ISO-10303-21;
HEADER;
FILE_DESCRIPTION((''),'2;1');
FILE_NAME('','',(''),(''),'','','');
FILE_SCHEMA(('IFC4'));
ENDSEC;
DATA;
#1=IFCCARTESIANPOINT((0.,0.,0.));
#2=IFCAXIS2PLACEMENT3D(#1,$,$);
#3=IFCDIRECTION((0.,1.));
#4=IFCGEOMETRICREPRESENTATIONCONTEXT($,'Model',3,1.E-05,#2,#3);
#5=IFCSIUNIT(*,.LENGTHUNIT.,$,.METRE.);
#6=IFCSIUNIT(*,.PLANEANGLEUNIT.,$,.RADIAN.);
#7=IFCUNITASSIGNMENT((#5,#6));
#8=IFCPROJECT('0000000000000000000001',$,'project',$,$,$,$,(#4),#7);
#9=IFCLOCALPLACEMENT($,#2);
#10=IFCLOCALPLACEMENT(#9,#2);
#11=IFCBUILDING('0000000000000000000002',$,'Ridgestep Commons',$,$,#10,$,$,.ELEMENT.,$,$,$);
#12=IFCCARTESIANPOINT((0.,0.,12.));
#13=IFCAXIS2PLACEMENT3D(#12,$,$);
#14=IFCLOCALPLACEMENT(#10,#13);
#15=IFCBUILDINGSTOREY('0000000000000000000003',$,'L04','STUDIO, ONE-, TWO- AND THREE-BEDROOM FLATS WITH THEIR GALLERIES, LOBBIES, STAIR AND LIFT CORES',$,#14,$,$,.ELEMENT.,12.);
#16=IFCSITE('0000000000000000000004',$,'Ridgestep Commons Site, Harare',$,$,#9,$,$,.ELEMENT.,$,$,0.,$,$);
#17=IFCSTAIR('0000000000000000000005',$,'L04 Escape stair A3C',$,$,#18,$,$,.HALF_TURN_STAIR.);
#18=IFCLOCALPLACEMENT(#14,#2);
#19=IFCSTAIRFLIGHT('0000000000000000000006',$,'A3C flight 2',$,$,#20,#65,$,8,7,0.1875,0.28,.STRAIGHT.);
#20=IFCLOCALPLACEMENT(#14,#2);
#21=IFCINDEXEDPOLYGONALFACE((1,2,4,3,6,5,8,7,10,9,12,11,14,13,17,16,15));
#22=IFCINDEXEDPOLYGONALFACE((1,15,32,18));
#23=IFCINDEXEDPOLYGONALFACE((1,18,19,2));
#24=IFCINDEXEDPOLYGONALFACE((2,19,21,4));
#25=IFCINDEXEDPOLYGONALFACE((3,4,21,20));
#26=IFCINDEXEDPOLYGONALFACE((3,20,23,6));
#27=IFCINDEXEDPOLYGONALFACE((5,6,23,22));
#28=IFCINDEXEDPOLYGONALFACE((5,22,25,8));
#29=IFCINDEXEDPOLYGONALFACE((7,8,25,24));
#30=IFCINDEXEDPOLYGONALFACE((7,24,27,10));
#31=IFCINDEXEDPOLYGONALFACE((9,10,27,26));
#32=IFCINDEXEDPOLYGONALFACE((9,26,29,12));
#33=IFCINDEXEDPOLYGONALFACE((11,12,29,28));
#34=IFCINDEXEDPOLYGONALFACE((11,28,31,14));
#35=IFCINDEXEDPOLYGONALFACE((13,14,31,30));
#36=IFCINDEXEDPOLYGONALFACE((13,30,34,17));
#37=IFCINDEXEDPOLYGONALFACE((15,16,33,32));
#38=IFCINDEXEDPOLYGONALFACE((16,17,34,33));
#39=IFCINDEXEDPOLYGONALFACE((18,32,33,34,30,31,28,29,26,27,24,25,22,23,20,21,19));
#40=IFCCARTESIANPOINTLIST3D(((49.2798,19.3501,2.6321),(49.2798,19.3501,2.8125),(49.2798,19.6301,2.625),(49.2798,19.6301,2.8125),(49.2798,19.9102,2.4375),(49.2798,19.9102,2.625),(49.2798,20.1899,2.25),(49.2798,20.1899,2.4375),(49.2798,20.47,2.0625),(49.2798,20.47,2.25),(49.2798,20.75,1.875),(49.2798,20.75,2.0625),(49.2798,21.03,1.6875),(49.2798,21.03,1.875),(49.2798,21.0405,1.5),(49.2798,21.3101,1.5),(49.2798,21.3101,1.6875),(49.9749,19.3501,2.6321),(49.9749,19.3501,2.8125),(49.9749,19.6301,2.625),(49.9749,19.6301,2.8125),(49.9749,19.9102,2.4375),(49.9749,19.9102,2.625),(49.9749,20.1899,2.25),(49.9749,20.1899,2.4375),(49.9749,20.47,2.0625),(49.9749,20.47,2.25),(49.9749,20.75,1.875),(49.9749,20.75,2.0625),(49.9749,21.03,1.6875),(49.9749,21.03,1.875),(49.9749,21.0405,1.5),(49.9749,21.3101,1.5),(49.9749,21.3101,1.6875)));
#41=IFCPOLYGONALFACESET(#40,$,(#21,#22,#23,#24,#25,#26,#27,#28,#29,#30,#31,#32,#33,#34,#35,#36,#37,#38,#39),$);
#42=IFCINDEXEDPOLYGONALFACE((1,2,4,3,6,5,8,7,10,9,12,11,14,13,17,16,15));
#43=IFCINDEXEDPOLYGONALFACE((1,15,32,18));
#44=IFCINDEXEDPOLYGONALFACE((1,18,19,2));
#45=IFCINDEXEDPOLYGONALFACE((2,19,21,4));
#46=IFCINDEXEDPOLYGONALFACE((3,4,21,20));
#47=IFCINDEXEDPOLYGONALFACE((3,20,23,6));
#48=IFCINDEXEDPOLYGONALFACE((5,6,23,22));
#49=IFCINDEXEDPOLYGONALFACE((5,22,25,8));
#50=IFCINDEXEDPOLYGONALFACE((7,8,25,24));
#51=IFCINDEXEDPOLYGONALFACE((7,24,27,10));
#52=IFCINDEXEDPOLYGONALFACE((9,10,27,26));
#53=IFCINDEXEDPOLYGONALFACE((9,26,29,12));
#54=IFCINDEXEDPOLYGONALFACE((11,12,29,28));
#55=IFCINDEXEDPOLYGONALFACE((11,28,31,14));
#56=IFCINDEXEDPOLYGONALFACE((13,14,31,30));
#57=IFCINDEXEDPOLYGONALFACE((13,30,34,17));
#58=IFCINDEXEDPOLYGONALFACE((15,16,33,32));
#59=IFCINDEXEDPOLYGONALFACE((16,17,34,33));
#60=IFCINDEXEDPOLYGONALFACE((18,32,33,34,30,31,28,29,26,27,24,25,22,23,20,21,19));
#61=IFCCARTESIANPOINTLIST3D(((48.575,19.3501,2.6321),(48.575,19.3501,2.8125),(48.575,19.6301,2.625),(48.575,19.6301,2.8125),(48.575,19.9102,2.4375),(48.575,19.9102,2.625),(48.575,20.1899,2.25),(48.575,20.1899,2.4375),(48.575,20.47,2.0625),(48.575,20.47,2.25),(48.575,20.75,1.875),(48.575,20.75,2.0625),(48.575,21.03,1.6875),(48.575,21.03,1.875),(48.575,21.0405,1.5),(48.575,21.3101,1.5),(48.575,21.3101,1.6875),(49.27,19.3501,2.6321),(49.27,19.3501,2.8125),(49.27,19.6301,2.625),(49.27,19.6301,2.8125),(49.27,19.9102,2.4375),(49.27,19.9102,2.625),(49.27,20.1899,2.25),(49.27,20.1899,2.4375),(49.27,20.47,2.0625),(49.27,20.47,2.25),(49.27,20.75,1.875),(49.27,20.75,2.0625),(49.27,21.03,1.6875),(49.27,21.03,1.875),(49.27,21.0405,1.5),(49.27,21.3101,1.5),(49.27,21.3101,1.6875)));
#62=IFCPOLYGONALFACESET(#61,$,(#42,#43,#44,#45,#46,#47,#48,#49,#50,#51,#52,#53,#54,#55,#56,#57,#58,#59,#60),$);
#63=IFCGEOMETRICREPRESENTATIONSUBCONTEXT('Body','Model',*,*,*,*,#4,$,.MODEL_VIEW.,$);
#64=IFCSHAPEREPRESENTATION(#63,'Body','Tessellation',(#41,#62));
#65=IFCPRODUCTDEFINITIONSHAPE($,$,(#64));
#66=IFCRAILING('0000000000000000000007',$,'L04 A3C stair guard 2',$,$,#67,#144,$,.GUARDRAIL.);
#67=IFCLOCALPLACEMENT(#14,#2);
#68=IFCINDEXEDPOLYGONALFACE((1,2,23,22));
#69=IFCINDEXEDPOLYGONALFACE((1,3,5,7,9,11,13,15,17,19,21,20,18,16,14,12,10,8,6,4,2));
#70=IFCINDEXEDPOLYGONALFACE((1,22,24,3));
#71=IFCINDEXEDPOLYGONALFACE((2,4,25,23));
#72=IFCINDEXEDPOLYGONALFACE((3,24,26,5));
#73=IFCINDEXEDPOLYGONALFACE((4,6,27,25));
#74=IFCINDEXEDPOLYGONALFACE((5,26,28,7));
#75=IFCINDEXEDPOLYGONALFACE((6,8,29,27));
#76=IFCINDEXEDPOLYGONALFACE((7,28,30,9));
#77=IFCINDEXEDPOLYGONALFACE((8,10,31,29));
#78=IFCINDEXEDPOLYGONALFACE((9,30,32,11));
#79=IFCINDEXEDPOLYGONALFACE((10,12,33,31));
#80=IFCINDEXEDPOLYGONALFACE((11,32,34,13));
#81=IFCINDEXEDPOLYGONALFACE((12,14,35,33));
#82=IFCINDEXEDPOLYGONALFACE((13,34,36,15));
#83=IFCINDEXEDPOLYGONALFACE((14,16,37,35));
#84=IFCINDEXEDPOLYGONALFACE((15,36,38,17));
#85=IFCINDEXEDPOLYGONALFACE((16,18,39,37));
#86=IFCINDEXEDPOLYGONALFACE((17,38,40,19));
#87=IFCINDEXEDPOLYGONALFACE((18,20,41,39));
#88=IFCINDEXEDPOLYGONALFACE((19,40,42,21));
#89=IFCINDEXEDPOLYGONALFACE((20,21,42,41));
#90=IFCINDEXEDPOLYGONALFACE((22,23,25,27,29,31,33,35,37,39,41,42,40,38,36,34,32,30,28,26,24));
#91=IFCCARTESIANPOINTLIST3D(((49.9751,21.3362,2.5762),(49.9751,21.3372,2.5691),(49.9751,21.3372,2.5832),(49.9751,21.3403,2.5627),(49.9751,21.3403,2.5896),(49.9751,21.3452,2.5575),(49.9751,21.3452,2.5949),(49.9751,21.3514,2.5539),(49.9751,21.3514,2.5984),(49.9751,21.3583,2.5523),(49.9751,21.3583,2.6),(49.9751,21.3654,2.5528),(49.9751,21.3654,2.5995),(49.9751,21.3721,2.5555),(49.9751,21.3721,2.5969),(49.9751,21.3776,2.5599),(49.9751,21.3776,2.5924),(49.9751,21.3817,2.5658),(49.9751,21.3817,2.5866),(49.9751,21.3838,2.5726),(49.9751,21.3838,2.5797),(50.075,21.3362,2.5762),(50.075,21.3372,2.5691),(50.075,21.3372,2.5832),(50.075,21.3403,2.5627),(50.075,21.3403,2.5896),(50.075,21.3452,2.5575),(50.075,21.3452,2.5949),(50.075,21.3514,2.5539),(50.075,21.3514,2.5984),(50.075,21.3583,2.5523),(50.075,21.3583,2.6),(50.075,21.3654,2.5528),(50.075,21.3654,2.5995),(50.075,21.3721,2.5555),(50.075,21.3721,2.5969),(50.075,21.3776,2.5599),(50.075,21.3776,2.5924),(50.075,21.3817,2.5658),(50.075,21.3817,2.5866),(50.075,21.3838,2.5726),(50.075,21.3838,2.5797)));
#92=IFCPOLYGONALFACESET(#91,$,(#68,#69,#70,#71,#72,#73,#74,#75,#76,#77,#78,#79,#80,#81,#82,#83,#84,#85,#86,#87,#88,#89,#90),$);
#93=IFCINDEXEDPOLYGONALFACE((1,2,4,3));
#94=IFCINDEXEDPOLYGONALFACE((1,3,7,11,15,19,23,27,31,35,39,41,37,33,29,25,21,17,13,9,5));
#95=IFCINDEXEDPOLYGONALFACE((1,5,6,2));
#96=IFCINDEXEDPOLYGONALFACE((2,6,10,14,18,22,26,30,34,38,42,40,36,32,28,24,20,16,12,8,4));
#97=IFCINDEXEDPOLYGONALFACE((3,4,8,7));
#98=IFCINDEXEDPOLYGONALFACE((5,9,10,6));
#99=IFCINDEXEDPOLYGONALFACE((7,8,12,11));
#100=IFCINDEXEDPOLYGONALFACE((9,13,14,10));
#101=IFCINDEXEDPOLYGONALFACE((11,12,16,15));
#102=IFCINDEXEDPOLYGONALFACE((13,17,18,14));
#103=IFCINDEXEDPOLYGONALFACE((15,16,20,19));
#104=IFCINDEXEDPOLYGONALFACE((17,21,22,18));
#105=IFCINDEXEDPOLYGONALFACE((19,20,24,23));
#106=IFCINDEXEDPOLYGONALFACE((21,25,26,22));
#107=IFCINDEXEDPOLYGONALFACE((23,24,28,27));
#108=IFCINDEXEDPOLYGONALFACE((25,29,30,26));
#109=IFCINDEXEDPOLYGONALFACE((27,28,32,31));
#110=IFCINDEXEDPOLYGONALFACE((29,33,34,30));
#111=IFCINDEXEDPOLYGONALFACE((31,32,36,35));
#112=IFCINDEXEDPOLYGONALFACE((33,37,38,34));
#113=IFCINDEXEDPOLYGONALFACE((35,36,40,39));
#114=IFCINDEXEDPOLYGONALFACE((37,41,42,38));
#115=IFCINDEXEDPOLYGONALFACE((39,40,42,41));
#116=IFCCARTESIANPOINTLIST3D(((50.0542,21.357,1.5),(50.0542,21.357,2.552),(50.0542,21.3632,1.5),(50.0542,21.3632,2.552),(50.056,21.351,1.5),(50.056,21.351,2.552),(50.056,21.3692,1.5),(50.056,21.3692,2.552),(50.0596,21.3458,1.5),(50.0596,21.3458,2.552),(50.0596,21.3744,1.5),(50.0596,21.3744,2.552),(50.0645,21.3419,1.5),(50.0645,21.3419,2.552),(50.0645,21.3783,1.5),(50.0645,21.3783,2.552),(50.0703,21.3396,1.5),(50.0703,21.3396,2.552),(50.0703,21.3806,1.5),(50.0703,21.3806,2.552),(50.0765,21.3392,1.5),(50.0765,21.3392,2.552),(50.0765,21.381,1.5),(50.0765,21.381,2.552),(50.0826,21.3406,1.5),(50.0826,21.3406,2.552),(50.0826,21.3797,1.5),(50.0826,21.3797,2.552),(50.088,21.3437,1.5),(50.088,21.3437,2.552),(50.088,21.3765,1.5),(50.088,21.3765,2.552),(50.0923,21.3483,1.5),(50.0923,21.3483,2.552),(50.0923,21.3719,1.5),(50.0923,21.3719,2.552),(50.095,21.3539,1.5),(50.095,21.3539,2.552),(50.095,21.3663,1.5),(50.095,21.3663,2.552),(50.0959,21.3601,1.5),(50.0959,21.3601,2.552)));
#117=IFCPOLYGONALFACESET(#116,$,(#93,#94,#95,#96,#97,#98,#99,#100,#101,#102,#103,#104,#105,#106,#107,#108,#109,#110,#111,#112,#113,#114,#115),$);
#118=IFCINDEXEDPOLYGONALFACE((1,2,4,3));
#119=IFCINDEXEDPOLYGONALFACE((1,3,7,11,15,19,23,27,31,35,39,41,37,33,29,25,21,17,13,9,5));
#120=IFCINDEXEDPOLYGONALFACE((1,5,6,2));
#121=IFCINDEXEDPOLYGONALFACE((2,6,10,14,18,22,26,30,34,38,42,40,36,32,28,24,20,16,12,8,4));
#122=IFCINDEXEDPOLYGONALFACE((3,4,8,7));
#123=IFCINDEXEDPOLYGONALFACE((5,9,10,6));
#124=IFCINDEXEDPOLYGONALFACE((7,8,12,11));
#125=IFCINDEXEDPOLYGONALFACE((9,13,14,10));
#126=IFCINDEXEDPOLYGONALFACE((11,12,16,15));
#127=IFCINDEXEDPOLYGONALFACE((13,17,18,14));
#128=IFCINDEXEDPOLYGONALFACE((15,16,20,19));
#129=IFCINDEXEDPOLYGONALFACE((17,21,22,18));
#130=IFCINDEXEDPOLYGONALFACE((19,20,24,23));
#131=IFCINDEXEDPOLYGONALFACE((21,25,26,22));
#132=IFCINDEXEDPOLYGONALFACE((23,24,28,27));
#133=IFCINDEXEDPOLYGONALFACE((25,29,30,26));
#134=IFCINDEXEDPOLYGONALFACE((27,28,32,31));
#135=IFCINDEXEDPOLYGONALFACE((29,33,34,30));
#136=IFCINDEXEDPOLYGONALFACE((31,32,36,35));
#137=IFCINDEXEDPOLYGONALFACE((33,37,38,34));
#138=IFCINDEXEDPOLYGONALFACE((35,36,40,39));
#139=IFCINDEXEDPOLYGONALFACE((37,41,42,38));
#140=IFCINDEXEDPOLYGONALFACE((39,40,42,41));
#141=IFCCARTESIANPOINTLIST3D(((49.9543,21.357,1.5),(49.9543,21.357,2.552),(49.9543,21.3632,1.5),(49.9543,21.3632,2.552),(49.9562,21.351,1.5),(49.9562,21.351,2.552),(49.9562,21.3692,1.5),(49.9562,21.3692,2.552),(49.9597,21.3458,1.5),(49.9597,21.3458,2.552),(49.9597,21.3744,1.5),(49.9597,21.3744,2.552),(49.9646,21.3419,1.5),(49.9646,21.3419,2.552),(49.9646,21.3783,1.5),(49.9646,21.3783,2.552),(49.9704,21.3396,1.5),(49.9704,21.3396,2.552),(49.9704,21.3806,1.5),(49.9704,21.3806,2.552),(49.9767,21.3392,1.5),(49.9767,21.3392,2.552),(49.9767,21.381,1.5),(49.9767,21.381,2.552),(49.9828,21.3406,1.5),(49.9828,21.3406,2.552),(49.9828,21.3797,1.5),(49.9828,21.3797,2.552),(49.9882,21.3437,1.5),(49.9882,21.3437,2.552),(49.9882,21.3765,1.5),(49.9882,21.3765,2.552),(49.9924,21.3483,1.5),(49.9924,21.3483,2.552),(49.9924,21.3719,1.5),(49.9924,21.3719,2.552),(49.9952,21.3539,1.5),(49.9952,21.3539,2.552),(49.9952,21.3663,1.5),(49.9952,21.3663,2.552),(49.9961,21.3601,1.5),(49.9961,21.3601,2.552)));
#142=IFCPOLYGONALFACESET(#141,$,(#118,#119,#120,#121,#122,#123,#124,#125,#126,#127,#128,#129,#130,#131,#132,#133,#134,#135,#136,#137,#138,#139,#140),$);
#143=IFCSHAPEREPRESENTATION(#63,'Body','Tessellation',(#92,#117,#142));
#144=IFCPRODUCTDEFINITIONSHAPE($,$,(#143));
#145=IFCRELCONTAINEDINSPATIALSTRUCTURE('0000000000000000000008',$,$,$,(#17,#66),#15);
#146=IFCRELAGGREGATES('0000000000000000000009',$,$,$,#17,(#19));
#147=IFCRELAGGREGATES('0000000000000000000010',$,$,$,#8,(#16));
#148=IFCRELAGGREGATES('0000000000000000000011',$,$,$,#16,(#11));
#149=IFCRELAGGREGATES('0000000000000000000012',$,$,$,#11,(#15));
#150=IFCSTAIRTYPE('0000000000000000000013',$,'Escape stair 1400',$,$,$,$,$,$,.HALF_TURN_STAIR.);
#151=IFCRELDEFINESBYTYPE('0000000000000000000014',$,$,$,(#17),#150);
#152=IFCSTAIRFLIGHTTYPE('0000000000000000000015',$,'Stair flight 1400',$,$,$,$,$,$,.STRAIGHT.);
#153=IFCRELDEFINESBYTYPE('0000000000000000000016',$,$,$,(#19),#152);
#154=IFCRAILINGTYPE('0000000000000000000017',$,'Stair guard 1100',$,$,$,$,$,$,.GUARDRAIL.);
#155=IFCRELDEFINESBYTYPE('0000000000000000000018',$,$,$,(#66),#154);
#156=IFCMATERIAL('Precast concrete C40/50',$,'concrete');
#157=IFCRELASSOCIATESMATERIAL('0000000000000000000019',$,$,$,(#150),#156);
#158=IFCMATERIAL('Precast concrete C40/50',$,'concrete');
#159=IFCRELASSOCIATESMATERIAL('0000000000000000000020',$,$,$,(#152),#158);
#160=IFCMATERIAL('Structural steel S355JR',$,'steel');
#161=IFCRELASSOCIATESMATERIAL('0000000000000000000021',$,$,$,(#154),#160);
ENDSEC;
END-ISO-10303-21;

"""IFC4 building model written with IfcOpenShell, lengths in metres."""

from ifc_helpers import new_model, si_unit, direction, frame, origin, origin_2d, place, context, subcontext, project, spatial, polyline, circle, outline, extrude, material, type_object, element, aggregate, save


model = new_model("IFC4")

# Units and contexts
model_context = context("Model", 3, precision=1e-05, world=origin(), true_north=direction((0.0, 1.0)))
body_context = subcontext(model_context, "Body", "Model", "MODEL_VIEW")
ifc_project = project(units=[si_unit("LENGTHUNIT", "METRE"), si_unit("PLANEANGLEUNIT", "RADIAN")], contexts=[model_context])

# Site, building, storey
site_placement = place(None, origin())
site = spatial("IfcSite", under=ifc_project, at=site_placement, Name="Ridgestep Commons Site, Harare", CompositionType="ELEMENT", RefElevation=0.0)
building_placement = place(site_placement, origin())
building = spatial("IfcBuilding", under=site, at=building_placement, Name="Ridgestep Commons", CompositionType="ELEMENT")
storey_placement = place(building_placement, frame((0.0, 0.0, 12.0)))
storey = spatial("IfcBuildingStorey", under=building, at=storey_placement, Name="L04", Description="STUDIO, ONE-, TWO- AND THREE-BEDROOM FLATS WITH THEIR GALLERIES, LOBBIES, STAIR AND LIFT CORES", CompositionType="ELEMENT", Elevation=12.0)

# Stair, stair flight
ifc_material_1 = material(Name="Precast concrete C40/50", Category="concrete")
stair_type = type_object("IfcStairType", Name="Escape stair 1400", PredefinedType="HALF_TURN_STAIR", material=ifc_material_1)
stair_placement = place(storey_placement, origin())
stair = element("IfcStair", 1, at=stair_placement, inside=storey, type_object=stair_type, Name="L04 Escape stair A3C", PredefinedType="HALF_TURN_STAIR")
ifc_material_2 = material(Name="Precast concrete C40/50", Category="concrete")
stair_flight_type = type_object("IfcStairFlightType", Name="Stair flight 1400", PredefinedType="STRAIGHT", material=ifc_material_2)
stair_flight_placement = place(storey_placement, frame((49.2749, 21.3101, 1.5), z_axis=(0.0, 0.0, 1.0), x_axis=(0.0, -1.0, 0.0)))
stair_flight = element("IfcStairFlight", 2, at=stair_flight_placement, type_object=stair_flight_type, Name="A3C flight 2", NumberOfRisers=8, NumberOfTreads=7, PredefinedType="STRAIGHT", RiserHeight=0.1875, TreadLength=0.28, context=body_context, shape_type="SweptSolid", body=[
    extrude(outline(polyline([(0.0, 0.0), (0.0, 0.1875), (0.28, 0.1875), (0.28, 0.375), (0.5601, 0.375), (0.5601, 0.5625), (0.8401, 0.5625), (0.8401, 0.75), (1.1201, 0.75), (1.1201, 0.9375), (1.3999, 0.9375), (1.3999, 1.125), (1.6799, 1.125), (1.6799, 1.3125), (1.96, 1.3125), (1.96, 1.5), (1.96, 1.1321), (0.2695, 0.0), (0.0, 0.0)])), frame((0.0, 0.7, 0.0), z_axis=(0.0, -1.0, 0.0), x_axis=(1.0, 0.0, 0.0)), (0.0, 0.0, 1.0), 0.6951),
    extrude(outline(polyline([(0.0, 0.0), (0.0, 0.1875), (0.28, 0.1875), (0.28, 0.375), (0.5601, 0.375), (0.5601, 0.5625), (0.8401, 0.5625), (0.8401, 0.75), (1.1201, 0.75), (1.1201, 0.9375), (1.3999, 0.9375), (1.3999, 1.125), (1.6799, 1.125), (1.6799, 1.3125), (1.96, 1.3125), (1.96, 1.5), (1.96, 1.1321), (0.2695, 0.0), (0.0, 0.0)])), frame((0.0, -0.0049, 0.0), z_axis=(0.0, -1.0, 0.0), x_axis=(1.0, 0.0, 0.0)), (0.0, 0.0, 1.0), 0.6951),
])
aggregate(stair, [stair_flight])

# Railing
ifc_material_3 = material(Name="Structural steel S355JR", Category="steel")
railing_type_1 = type_object("IfcRailingType", Name="Stair guard 1100", PredefinedType="GUARDRAIL", material=ifc_material_3)
railing_1_placement = place(storey_placement, frame((50.075, 21.3601, 1.5)))
element("IfcRailing", 3, at=railing_1_placement, inside=storey, type_object=railing_type_1, Name="L04 A3C stair guard 2", PredefinedType="GUARDRAIL", context=body_context, shape_type="SweptSolid", body=[
    extrude(circle(Radius=0.0239, at=origin_2d()), frame((0.0, 0.0, 1.0762), z_axis=(-1.0, 0.0, 0.0), x_axis=(0.0, -1.0, 0.0)), (0.0, 0.0, 1.0), 0.0999),
    extrude(circle(Radius=0.021, at=origin_2d()), origin(), (0.0, 0.0, 1.0), 1.052),
    extrude(circle(Radius=0.021, at=origin_2d()), frame((-0.0999, 0.0, 0.0)), (0.0, 0.0, 1.0), 1.052),
])

save(model, "model.ifc")
